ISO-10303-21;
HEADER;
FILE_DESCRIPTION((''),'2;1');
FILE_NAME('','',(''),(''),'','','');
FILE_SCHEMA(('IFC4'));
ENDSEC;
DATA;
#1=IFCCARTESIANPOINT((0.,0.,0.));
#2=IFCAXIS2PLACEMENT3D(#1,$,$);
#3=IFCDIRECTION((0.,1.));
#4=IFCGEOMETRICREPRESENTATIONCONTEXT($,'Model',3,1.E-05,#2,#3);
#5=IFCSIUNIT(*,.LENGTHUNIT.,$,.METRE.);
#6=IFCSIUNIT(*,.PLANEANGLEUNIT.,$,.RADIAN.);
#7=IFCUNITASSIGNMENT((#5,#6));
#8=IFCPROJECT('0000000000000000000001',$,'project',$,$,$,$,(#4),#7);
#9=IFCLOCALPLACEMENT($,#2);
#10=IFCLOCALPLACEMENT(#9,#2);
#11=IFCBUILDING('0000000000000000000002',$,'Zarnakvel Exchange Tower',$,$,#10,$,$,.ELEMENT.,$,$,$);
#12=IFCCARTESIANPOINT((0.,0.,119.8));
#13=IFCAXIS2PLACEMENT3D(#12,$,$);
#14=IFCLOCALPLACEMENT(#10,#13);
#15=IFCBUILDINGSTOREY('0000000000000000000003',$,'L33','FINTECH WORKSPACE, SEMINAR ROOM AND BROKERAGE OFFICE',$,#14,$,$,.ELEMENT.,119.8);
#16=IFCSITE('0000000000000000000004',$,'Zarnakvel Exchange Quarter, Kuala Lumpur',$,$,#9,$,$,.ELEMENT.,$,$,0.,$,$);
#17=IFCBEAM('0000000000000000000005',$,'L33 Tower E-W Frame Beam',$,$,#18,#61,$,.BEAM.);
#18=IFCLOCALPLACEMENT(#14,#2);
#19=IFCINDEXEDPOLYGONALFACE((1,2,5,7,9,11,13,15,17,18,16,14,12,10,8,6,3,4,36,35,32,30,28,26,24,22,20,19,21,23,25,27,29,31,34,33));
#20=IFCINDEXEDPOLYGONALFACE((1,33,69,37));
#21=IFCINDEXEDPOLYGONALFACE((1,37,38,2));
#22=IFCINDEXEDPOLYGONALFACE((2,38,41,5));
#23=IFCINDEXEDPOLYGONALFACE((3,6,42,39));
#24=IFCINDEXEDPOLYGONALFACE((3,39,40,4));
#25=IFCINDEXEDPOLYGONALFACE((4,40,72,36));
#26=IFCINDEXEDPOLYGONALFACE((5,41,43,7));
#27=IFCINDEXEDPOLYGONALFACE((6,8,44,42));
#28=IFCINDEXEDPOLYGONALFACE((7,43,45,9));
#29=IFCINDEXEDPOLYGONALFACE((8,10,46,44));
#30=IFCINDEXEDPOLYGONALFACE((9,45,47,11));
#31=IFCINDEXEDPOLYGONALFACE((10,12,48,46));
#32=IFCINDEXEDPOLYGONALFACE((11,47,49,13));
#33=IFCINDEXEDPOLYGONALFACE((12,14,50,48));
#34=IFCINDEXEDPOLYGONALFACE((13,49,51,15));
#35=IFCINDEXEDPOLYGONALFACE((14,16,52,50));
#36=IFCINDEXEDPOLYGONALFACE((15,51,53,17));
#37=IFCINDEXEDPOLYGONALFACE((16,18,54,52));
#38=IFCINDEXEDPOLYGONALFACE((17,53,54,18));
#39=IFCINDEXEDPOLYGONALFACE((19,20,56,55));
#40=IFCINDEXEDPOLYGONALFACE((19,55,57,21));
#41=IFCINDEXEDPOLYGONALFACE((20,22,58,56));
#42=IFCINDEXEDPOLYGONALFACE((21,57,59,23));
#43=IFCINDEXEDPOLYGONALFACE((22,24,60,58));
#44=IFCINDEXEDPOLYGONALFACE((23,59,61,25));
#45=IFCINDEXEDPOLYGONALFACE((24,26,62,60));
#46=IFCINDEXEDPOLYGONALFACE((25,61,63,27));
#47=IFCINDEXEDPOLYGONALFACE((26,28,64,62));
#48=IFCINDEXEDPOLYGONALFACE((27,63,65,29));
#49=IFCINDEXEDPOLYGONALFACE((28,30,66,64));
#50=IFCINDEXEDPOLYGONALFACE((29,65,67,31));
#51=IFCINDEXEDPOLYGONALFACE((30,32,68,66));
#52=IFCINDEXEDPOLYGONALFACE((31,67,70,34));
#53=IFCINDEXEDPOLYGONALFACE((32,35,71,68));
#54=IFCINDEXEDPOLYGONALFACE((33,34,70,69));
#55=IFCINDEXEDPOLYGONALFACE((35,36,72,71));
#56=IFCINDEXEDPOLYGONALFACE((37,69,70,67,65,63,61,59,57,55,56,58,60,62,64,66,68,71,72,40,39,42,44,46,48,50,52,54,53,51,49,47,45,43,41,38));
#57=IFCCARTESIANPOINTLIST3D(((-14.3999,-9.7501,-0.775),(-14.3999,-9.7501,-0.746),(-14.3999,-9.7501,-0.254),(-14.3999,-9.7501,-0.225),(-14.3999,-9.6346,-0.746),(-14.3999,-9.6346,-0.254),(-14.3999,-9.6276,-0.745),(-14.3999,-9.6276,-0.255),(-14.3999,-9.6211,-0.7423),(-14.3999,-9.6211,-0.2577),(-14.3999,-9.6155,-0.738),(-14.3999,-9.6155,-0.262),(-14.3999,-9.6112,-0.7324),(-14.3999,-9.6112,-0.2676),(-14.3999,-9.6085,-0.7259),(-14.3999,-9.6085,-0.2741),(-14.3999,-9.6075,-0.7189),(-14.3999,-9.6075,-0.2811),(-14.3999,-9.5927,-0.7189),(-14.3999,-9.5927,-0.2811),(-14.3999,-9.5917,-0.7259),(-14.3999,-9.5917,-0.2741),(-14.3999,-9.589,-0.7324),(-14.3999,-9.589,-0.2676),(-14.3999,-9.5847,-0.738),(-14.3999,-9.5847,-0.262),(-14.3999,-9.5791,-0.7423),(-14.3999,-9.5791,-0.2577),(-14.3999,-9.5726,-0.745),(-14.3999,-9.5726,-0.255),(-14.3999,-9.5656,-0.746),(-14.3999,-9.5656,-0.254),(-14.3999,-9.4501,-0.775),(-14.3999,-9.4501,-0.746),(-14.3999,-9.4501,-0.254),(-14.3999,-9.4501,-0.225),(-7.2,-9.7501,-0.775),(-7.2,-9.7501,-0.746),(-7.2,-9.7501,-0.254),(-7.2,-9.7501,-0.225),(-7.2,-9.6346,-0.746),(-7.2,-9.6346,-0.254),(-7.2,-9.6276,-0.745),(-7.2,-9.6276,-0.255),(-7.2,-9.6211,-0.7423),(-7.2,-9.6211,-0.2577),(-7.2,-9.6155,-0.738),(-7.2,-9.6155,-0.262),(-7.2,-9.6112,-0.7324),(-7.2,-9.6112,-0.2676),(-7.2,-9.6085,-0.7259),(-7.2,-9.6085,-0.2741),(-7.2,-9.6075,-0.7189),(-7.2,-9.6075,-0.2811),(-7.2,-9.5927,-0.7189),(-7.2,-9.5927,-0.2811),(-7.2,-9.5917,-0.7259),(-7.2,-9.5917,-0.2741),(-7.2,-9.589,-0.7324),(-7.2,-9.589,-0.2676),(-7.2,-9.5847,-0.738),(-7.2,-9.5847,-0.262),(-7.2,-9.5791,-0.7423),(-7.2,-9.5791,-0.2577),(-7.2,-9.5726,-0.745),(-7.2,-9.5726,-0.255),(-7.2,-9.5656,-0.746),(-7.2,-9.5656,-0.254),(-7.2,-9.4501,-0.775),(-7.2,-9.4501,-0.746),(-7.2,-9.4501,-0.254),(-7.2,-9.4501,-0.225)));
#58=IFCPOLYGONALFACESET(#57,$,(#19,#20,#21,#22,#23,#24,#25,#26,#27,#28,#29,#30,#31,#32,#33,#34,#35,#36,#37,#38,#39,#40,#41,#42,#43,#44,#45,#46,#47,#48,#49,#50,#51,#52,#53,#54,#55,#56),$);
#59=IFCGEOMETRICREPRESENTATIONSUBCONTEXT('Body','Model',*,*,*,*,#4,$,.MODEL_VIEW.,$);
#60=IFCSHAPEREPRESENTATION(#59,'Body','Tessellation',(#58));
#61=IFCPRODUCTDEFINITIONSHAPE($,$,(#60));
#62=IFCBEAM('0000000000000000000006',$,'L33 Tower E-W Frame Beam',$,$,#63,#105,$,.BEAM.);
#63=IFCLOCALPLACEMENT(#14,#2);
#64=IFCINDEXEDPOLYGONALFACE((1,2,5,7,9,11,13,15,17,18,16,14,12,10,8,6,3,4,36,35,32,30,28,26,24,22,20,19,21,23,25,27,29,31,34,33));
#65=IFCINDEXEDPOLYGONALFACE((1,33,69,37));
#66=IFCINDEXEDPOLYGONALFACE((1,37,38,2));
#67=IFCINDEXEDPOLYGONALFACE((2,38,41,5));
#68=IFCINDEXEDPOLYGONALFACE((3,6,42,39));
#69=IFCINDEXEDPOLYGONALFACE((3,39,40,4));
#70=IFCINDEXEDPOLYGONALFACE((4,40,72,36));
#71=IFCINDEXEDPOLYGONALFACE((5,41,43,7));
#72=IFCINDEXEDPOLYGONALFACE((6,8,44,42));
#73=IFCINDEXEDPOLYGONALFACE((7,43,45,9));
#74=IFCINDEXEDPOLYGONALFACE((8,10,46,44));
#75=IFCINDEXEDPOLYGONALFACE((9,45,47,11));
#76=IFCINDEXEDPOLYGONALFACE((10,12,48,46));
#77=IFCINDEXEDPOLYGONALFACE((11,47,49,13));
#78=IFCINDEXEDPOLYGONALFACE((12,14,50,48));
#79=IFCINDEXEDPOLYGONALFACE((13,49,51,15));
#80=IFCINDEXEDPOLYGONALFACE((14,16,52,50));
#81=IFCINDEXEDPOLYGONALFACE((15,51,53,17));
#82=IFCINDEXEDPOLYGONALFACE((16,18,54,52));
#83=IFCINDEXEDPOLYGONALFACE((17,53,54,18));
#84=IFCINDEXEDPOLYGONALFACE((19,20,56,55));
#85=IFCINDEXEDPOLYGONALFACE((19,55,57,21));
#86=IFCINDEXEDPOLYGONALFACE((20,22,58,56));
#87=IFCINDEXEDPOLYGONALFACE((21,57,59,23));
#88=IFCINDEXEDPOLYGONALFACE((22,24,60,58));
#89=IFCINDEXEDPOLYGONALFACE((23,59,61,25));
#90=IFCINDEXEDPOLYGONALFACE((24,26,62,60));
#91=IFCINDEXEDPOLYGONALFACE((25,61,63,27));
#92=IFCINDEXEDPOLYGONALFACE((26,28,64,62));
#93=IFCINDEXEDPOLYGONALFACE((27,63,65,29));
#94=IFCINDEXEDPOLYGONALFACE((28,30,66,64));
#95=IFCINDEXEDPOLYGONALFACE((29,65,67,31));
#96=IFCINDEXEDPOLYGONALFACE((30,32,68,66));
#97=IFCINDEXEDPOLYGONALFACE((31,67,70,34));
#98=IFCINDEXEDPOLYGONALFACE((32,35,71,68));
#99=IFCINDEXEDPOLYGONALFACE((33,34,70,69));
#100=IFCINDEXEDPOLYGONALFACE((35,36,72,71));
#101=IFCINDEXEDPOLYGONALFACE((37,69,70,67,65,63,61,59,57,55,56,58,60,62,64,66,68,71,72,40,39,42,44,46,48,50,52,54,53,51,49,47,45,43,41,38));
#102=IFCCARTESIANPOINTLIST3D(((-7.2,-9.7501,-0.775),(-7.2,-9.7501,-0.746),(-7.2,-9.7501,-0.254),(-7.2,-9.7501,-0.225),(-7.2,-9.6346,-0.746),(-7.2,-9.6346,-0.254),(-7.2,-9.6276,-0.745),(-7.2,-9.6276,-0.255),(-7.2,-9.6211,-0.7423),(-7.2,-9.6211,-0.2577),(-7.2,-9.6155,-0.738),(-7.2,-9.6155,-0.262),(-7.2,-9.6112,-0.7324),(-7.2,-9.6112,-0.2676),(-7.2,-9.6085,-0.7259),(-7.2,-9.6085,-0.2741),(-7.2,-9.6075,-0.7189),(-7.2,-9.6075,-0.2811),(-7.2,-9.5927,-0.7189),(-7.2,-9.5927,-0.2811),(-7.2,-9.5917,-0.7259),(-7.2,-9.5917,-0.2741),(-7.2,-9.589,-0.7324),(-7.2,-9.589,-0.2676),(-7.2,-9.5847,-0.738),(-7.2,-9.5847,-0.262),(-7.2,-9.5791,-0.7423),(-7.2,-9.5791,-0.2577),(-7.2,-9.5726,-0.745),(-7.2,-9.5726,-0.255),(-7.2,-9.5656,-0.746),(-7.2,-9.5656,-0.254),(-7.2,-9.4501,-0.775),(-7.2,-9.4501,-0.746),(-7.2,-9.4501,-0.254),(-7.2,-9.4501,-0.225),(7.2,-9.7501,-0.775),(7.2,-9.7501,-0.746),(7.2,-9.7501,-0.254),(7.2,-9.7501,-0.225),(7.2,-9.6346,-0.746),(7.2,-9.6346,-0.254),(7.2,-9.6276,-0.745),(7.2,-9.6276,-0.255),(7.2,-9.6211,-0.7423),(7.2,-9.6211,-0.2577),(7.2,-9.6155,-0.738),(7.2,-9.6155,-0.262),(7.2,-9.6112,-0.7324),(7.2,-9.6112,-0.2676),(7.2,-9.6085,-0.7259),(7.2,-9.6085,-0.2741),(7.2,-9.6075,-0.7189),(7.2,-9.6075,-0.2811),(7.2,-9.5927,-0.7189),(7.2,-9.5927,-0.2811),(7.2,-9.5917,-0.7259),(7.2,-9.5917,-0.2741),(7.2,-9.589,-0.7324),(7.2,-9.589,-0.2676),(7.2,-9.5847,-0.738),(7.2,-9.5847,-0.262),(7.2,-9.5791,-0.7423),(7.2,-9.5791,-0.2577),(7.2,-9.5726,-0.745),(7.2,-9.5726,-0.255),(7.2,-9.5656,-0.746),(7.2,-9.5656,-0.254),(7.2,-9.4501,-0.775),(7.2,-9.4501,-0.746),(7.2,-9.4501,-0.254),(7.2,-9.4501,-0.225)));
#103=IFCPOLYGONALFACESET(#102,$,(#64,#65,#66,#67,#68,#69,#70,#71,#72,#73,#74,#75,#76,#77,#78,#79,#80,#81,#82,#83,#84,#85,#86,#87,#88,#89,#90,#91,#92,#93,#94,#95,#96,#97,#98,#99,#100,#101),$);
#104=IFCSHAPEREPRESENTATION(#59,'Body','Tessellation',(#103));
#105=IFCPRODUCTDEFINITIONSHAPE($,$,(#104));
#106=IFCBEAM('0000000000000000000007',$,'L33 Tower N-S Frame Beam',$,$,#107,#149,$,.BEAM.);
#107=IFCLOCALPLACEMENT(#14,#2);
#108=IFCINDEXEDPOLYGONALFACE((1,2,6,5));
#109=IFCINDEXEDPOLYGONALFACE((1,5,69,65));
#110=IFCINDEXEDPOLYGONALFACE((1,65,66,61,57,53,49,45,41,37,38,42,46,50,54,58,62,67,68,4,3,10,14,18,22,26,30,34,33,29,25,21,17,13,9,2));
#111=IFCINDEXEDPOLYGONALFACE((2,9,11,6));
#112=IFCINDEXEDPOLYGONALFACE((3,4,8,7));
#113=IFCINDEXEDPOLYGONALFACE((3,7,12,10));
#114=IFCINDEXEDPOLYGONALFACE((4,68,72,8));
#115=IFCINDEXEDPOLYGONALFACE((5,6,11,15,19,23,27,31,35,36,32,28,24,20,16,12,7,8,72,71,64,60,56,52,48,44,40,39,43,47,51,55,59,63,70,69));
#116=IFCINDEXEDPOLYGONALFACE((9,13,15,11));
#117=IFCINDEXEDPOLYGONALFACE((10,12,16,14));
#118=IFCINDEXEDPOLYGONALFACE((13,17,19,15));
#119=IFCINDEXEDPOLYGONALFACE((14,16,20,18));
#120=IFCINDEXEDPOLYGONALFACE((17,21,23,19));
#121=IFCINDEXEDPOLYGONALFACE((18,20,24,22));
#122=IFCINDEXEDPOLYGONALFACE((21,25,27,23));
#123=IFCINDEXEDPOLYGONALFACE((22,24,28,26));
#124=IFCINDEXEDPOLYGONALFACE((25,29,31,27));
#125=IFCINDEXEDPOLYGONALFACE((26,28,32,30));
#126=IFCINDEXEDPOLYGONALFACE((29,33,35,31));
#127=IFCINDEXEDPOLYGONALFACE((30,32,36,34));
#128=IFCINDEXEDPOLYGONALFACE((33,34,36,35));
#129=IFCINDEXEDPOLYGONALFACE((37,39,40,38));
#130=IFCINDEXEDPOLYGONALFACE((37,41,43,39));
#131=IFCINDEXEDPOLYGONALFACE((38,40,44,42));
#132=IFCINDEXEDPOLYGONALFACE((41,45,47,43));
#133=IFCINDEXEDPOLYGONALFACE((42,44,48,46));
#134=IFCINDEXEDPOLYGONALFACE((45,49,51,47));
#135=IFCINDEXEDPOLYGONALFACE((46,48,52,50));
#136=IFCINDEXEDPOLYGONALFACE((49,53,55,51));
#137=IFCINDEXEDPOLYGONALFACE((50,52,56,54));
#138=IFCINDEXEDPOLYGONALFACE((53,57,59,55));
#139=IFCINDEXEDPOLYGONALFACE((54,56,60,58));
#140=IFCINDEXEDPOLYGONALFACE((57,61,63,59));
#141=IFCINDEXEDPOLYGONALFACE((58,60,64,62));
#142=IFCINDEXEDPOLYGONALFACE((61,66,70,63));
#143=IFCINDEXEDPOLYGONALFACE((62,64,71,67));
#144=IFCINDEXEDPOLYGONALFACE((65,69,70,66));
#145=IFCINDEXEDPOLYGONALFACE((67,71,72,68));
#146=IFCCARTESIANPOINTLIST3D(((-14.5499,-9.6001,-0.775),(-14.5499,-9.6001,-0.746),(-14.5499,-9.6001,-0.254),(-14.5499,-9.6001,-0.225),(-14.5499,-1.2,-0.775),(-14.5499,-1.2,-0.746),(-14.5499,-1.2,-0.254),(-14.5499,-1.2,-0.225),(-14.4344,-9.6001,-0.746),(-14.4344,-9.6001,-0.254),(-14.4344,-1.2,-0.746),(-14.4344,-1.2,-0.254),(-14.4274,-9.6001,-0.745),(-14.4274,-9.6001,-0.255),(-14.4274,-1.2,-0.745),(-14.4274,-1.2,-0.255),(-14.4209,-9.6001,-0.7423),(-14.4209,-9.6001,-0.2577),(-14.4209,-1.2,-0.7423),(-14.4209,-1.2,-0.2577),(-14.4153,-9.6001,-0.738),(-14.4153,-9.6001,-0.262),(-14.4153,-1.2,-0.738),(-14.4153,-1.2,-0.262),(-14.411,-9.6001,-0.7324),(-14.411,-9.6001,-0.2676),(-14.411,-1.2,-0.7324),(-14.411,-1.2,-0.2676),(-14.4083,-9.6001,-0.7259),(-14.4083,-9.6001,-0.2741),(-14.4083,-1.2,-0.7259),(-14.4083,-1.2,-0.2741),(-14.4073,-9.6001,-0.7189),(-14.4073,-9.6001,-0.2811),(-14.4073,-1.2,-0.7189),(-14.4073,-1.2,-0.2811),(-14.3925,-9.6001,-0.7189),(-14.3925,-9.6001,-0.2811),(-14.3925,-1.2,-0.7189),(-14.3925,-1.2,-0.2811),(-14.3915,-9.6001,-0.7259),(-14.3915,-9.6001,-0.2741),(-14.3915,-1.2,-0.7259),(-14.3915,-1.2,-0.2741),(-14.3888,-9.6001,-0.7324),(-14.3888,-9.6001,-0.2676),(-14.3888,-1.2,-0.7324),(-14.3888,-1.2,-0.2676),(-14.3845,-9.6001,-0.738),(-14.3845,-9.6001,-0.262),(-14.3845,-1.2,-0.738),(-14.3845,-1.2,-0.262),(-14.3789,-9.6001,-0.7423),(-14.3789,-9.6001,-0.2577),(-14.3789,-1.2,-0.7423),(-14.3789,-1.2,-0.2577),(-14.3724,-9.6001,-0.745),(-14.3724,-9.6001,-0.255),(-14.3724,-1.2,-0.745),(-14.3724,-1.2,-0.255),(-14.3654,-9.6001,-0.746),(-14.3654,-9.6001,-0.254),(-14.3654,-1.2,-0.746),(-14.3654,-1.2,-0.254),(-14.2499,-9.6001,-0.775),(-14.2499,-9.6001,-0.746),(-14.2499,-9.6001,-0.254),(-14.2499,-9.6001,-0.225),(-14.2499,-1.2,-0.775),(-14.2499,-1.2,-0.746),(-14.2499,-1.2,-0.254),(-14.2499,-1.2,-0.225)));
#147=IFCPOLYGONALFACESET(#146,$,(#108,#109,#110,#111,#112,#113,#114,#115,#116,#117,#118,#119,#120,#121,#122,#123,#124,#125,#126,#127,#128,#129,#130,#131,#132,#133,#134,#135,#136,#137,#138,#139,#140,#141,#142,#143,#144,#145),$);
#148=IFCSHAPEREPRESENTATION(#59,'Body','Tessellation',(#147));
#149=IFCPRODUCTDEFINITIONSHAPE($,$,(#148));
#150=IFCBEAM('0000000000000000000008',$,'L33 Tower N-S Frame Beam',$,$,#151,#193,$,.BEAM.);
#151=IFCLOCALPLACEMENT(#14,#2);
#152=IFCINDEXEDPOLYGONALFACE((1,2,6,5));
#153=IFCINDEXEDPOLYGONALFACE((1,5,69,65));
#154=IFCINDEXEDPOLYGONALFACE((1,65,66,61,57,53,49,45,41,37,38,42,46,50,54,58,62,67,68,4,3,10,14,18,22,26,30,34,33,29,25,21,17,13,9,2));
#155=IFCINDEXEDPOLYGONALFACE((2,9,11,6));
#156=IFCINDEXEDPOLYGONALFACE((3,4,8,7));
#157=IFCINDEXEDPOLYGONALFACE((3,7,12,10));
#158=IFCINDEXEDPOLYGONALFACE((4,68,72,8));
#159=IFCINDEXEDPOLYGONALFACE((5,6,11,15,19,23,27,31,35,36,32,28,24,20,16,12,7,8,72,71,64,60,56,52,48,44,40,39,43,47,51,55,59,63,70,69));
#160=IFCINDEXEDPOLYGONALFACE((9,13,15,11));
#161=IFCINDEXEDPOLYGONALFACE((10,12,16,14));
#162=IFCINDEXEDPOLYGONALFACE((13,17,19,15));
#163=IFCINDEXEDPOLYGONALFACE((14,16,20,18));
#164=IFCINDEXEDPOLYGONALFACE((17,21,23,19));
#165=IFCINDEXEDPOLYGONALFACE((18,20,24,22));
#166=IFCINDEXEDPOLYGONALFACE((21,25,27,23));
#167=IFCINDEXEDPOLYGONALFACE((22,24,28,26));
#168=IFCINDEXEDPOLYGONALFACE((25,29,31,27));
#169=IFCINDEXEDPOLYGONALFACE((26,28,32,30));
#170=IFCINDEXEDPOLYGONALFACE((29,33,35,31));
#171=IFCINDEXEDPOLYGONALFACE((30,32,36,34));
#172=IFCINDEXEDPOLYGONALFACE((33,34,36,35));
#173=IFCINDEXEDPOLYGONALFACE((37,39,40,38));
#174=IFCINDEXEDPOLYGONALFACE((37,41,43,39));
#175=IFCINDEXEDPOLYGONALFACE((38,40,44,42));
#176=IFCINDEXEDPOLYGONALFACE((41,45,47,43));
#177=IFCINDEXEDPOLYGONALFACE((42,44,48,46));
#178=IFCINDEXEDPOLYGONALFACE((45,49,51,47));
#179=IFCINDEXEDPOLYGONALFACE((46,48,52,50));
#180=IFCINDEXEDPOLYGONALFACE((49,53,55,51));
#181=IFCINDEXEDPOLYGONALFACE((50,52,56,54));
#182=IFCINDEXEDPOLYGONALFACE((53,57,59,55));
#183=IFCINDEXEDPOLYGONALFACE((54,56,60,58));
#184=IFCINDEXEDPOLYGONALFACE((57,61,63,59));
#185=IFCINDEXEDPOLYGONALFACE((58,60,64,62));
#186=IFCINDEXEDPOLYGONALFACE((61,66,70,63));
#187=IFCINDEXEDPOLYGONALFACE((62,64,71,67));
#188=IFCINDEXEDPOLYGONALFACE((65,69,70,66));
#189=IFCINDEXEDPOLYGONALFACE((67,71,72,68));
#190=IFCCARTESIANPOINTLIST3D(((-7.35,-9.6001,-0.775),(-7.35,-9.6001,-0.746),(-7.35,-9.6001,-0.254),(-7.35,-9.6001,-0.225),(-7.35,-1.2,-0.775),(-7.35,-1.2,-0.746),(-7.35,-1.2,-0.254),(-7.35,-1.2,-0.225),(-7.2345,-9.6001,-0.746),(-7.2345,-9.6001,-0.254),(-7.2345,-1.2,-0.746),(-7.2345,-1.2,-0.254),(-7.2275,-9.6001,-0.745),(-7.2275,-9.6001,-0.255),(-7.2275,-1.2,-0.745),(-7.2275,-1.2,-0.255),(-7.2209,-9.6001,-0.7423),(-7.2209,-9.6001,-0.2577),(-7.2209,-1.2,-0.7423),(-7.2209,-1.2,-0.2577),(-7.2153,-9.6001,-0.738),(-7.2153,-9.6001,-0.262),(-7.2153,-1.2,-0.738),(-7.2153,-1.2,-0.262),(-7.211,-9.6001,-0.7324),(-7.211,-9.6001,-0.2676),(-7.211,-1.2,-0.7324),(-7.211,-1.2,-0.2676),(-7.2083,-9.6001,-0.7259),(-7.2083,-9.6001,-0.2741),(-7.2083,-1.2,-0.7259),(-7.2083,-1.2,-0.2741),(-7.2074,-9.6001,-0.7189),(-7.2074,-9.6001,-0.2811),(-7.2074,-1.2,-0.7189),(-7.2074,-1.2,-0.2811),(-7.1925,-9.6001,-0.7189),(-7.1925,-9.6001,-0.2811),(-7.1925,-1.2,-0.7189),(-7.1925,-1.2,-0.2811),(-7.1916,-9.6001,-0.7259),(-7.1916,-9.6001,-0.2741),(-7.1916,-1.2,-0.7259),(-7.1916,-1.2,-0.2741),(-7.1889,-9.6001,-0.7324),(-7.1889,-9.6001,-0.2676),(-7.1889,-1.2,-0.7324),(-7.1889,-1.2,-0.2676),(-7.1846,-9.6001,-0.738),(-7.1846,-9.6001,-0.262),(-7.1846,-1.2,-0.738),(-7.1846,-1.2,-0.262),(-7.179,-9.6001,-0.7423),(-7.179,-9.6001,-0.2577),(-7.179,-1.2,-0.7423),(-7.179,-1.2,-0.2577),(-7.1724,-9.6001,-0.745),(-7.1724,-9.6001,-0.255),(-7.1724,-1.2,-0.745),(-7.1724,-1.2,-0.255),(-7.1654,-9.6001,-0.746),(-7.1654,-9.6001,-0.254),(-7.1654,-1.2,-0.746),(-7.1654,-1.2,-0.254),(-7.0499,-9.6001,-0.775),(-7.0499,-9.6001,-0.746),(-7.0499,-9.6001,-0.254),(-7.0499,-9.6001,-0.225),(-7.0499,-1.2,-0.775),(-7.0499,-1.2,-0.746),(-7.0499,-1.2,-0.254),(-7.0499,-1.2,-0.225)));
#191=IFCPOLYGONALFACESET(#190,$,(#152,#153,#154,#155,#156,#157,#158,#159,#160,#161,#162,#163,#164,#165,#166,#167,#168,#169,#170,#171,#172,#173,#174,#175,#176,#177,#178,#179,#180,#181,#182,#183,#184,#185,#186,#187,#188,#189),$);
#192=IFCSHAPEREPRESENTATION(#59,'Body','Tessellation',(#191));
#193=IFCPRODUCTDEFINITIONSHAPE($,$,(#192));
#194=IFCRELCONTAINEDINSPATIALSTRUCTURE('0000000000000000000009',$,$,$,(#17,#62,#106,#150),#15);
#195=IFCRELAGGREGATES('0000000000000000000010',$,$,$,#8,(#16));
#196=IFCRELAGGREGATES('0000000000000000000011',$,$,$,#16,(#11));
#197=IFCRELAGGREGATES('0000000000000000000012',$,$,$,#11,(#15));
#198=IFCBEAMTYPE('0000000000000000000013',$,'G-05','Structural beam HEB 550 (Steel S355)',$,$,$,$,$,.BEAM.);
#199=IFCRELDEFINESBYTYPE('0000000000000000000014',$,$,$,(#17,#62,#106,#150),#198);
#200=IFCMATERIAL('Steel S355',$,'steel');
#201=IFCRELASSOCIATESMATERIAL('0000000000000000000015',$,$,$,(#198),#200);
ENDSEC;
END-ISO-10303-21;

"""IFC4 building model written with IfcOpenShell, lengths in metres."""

from ifc_helpers import new_model, si_unit, direction, frame, origin, origin_2d, place, context, subcontext, project, spatial, i_section, extrude, material, material_profile, profile_set, type_object, element, save


model = new_model("IFC4")

# Units and contexts
model_context = context("Model", 3, precision=1e-05, world=origin(), true_north=direction((0.0, 1.0)))
body_context = subcontext(model_context, "Body", "Model", "MODEL_VIEW")
ifc_project = project(units=[si_unit("LENGTHUNIT", "METRE"), si_unit("PLANEANGLEUNIT", "RADIAN")], contexts=[model_context])

# Site, building, storey
site_placement = place(None, origin())
site = spatial("IfcSite", under=ifc_project, at=site_placement, Name="Zarnakvel Exchange Quarter, Kuala Lumpur", CompositionType="ELEMENT", RefElevation=0.0)
building_placement = place(site_placement, origin())
building = spatial("IfcBuilding", under=site, at=building_placement, Name="Zarnakvel Exchange Tower", CompositionType="ELEMENT")
storey_placement = place(building_placement, frame((0.0, 0.0, 119.8)))
storey = spatial("IfcBuildingStorey", under=building, at=storey_placement, Name="L33", Description="FINTECH WORKSPACE, SEMINAR ROOM AND BROKERAGE OFFICE", CompositionType="ELEMENT", Elevation=119.8)

# Beams
ifc_material_1 = material(Name="Steel S355", Category="steel")
ifc_material_profile_1 = material_profile(ifc_material_1, i_section(OverallWidth=0.3, OverallDepth=0.55, WebThickness=0.0149, FlangeThickness=0.0291, FilletRadius=0.0271, at=origin_2d()))
ifc_profile_set_1 = profile_set([ifc_material_profile_1], Name="Steel S355")
beam_type_1 = type_object("IfcBeamType", Name="G-05", Description="Structural beam HEB 550 (Steel S355)", PredefinedType="BEAM", material=ifc_profile_set_1)
beam_1_placement = place(storey_placement, frame((-14.3999, -9.6001, -0.5), z_axis=(1.0, 0.0, 0.0), x_axis=(0.0, 1.0, 0.0)))
element("IfcBeam", 1, at=beam_1_placement, inside=storey, type_object=beam_type_1, Name="L33 Tower E-W Frame Beam", PredefinedType="BEAM", context=body_context, shape_type="SweptSolid", body=[
    extrude(i_section(OverallWidth=0.3, OverallDepth=0.55, WebThickness=0.0149, FlangeThickness=0.0291, FilletRadius=0.0271, at=origin_2d()), origin(), (0.0, 0.0, 1.0), 7.2),
])
beam_2_placement = place(storey_placement, frame((-7.2, -9.6001, -0.5), z_axis=(1.0, 0.0, 0.0), x_axis=(0.0, 1.0, 0.0)))
element("IfcBeam", 2, at=beam_2_placement, inside=storey, type_object=beam_type_1, Name="L33 Tower E-W Frame Beam", PredefinedType="BEAM", context=body_context, shape_type="SweptSolid", body=[
    extrude(i_section(OverallWidth=0.3, OverallDepth=0.55, WebThickness=0.0149, FlangeThickness=0.0291, FilletRadius=0.0271, at=origin_2d()), origin(), (0.0, 0.0, 1.0), 14.3999),
])
for number, where, z_axis, x_axis, name in (
    (3, (-14.3999, -9.6001, -0.5), (0.0, 1.0, 0.0), (-1.0, 0.0, 0.0), "L33 Tower N-S Frame Beam"),
    (4, (-7.2, -9.6001, -0.5), (0.0, 1.0, 0.0), (-1.0, 0.0, 0.0), "L33 Tower N-S Frame Beam"),
):
    element("IfcBeam", number, at=place(storey_placement, frame(where, z_axis=z_axis, x_axis=x_axis)), inside=storey, type_object=beam_type_1, Name=name, PredefinedType="BEAM", context=body_context, shape_type="SweptSolid", body=[
        extrude(i_section(OverallWidth=0.3, OverallDepth=0.55, WebThickness=0.0149, FlangeThickness=0.0291, FilletRadius=0.0271, at=origin_2d()), origin(), (0.0, 0.0, 1.0), 8.4001),
    ])

save(model, "model.ifc")
